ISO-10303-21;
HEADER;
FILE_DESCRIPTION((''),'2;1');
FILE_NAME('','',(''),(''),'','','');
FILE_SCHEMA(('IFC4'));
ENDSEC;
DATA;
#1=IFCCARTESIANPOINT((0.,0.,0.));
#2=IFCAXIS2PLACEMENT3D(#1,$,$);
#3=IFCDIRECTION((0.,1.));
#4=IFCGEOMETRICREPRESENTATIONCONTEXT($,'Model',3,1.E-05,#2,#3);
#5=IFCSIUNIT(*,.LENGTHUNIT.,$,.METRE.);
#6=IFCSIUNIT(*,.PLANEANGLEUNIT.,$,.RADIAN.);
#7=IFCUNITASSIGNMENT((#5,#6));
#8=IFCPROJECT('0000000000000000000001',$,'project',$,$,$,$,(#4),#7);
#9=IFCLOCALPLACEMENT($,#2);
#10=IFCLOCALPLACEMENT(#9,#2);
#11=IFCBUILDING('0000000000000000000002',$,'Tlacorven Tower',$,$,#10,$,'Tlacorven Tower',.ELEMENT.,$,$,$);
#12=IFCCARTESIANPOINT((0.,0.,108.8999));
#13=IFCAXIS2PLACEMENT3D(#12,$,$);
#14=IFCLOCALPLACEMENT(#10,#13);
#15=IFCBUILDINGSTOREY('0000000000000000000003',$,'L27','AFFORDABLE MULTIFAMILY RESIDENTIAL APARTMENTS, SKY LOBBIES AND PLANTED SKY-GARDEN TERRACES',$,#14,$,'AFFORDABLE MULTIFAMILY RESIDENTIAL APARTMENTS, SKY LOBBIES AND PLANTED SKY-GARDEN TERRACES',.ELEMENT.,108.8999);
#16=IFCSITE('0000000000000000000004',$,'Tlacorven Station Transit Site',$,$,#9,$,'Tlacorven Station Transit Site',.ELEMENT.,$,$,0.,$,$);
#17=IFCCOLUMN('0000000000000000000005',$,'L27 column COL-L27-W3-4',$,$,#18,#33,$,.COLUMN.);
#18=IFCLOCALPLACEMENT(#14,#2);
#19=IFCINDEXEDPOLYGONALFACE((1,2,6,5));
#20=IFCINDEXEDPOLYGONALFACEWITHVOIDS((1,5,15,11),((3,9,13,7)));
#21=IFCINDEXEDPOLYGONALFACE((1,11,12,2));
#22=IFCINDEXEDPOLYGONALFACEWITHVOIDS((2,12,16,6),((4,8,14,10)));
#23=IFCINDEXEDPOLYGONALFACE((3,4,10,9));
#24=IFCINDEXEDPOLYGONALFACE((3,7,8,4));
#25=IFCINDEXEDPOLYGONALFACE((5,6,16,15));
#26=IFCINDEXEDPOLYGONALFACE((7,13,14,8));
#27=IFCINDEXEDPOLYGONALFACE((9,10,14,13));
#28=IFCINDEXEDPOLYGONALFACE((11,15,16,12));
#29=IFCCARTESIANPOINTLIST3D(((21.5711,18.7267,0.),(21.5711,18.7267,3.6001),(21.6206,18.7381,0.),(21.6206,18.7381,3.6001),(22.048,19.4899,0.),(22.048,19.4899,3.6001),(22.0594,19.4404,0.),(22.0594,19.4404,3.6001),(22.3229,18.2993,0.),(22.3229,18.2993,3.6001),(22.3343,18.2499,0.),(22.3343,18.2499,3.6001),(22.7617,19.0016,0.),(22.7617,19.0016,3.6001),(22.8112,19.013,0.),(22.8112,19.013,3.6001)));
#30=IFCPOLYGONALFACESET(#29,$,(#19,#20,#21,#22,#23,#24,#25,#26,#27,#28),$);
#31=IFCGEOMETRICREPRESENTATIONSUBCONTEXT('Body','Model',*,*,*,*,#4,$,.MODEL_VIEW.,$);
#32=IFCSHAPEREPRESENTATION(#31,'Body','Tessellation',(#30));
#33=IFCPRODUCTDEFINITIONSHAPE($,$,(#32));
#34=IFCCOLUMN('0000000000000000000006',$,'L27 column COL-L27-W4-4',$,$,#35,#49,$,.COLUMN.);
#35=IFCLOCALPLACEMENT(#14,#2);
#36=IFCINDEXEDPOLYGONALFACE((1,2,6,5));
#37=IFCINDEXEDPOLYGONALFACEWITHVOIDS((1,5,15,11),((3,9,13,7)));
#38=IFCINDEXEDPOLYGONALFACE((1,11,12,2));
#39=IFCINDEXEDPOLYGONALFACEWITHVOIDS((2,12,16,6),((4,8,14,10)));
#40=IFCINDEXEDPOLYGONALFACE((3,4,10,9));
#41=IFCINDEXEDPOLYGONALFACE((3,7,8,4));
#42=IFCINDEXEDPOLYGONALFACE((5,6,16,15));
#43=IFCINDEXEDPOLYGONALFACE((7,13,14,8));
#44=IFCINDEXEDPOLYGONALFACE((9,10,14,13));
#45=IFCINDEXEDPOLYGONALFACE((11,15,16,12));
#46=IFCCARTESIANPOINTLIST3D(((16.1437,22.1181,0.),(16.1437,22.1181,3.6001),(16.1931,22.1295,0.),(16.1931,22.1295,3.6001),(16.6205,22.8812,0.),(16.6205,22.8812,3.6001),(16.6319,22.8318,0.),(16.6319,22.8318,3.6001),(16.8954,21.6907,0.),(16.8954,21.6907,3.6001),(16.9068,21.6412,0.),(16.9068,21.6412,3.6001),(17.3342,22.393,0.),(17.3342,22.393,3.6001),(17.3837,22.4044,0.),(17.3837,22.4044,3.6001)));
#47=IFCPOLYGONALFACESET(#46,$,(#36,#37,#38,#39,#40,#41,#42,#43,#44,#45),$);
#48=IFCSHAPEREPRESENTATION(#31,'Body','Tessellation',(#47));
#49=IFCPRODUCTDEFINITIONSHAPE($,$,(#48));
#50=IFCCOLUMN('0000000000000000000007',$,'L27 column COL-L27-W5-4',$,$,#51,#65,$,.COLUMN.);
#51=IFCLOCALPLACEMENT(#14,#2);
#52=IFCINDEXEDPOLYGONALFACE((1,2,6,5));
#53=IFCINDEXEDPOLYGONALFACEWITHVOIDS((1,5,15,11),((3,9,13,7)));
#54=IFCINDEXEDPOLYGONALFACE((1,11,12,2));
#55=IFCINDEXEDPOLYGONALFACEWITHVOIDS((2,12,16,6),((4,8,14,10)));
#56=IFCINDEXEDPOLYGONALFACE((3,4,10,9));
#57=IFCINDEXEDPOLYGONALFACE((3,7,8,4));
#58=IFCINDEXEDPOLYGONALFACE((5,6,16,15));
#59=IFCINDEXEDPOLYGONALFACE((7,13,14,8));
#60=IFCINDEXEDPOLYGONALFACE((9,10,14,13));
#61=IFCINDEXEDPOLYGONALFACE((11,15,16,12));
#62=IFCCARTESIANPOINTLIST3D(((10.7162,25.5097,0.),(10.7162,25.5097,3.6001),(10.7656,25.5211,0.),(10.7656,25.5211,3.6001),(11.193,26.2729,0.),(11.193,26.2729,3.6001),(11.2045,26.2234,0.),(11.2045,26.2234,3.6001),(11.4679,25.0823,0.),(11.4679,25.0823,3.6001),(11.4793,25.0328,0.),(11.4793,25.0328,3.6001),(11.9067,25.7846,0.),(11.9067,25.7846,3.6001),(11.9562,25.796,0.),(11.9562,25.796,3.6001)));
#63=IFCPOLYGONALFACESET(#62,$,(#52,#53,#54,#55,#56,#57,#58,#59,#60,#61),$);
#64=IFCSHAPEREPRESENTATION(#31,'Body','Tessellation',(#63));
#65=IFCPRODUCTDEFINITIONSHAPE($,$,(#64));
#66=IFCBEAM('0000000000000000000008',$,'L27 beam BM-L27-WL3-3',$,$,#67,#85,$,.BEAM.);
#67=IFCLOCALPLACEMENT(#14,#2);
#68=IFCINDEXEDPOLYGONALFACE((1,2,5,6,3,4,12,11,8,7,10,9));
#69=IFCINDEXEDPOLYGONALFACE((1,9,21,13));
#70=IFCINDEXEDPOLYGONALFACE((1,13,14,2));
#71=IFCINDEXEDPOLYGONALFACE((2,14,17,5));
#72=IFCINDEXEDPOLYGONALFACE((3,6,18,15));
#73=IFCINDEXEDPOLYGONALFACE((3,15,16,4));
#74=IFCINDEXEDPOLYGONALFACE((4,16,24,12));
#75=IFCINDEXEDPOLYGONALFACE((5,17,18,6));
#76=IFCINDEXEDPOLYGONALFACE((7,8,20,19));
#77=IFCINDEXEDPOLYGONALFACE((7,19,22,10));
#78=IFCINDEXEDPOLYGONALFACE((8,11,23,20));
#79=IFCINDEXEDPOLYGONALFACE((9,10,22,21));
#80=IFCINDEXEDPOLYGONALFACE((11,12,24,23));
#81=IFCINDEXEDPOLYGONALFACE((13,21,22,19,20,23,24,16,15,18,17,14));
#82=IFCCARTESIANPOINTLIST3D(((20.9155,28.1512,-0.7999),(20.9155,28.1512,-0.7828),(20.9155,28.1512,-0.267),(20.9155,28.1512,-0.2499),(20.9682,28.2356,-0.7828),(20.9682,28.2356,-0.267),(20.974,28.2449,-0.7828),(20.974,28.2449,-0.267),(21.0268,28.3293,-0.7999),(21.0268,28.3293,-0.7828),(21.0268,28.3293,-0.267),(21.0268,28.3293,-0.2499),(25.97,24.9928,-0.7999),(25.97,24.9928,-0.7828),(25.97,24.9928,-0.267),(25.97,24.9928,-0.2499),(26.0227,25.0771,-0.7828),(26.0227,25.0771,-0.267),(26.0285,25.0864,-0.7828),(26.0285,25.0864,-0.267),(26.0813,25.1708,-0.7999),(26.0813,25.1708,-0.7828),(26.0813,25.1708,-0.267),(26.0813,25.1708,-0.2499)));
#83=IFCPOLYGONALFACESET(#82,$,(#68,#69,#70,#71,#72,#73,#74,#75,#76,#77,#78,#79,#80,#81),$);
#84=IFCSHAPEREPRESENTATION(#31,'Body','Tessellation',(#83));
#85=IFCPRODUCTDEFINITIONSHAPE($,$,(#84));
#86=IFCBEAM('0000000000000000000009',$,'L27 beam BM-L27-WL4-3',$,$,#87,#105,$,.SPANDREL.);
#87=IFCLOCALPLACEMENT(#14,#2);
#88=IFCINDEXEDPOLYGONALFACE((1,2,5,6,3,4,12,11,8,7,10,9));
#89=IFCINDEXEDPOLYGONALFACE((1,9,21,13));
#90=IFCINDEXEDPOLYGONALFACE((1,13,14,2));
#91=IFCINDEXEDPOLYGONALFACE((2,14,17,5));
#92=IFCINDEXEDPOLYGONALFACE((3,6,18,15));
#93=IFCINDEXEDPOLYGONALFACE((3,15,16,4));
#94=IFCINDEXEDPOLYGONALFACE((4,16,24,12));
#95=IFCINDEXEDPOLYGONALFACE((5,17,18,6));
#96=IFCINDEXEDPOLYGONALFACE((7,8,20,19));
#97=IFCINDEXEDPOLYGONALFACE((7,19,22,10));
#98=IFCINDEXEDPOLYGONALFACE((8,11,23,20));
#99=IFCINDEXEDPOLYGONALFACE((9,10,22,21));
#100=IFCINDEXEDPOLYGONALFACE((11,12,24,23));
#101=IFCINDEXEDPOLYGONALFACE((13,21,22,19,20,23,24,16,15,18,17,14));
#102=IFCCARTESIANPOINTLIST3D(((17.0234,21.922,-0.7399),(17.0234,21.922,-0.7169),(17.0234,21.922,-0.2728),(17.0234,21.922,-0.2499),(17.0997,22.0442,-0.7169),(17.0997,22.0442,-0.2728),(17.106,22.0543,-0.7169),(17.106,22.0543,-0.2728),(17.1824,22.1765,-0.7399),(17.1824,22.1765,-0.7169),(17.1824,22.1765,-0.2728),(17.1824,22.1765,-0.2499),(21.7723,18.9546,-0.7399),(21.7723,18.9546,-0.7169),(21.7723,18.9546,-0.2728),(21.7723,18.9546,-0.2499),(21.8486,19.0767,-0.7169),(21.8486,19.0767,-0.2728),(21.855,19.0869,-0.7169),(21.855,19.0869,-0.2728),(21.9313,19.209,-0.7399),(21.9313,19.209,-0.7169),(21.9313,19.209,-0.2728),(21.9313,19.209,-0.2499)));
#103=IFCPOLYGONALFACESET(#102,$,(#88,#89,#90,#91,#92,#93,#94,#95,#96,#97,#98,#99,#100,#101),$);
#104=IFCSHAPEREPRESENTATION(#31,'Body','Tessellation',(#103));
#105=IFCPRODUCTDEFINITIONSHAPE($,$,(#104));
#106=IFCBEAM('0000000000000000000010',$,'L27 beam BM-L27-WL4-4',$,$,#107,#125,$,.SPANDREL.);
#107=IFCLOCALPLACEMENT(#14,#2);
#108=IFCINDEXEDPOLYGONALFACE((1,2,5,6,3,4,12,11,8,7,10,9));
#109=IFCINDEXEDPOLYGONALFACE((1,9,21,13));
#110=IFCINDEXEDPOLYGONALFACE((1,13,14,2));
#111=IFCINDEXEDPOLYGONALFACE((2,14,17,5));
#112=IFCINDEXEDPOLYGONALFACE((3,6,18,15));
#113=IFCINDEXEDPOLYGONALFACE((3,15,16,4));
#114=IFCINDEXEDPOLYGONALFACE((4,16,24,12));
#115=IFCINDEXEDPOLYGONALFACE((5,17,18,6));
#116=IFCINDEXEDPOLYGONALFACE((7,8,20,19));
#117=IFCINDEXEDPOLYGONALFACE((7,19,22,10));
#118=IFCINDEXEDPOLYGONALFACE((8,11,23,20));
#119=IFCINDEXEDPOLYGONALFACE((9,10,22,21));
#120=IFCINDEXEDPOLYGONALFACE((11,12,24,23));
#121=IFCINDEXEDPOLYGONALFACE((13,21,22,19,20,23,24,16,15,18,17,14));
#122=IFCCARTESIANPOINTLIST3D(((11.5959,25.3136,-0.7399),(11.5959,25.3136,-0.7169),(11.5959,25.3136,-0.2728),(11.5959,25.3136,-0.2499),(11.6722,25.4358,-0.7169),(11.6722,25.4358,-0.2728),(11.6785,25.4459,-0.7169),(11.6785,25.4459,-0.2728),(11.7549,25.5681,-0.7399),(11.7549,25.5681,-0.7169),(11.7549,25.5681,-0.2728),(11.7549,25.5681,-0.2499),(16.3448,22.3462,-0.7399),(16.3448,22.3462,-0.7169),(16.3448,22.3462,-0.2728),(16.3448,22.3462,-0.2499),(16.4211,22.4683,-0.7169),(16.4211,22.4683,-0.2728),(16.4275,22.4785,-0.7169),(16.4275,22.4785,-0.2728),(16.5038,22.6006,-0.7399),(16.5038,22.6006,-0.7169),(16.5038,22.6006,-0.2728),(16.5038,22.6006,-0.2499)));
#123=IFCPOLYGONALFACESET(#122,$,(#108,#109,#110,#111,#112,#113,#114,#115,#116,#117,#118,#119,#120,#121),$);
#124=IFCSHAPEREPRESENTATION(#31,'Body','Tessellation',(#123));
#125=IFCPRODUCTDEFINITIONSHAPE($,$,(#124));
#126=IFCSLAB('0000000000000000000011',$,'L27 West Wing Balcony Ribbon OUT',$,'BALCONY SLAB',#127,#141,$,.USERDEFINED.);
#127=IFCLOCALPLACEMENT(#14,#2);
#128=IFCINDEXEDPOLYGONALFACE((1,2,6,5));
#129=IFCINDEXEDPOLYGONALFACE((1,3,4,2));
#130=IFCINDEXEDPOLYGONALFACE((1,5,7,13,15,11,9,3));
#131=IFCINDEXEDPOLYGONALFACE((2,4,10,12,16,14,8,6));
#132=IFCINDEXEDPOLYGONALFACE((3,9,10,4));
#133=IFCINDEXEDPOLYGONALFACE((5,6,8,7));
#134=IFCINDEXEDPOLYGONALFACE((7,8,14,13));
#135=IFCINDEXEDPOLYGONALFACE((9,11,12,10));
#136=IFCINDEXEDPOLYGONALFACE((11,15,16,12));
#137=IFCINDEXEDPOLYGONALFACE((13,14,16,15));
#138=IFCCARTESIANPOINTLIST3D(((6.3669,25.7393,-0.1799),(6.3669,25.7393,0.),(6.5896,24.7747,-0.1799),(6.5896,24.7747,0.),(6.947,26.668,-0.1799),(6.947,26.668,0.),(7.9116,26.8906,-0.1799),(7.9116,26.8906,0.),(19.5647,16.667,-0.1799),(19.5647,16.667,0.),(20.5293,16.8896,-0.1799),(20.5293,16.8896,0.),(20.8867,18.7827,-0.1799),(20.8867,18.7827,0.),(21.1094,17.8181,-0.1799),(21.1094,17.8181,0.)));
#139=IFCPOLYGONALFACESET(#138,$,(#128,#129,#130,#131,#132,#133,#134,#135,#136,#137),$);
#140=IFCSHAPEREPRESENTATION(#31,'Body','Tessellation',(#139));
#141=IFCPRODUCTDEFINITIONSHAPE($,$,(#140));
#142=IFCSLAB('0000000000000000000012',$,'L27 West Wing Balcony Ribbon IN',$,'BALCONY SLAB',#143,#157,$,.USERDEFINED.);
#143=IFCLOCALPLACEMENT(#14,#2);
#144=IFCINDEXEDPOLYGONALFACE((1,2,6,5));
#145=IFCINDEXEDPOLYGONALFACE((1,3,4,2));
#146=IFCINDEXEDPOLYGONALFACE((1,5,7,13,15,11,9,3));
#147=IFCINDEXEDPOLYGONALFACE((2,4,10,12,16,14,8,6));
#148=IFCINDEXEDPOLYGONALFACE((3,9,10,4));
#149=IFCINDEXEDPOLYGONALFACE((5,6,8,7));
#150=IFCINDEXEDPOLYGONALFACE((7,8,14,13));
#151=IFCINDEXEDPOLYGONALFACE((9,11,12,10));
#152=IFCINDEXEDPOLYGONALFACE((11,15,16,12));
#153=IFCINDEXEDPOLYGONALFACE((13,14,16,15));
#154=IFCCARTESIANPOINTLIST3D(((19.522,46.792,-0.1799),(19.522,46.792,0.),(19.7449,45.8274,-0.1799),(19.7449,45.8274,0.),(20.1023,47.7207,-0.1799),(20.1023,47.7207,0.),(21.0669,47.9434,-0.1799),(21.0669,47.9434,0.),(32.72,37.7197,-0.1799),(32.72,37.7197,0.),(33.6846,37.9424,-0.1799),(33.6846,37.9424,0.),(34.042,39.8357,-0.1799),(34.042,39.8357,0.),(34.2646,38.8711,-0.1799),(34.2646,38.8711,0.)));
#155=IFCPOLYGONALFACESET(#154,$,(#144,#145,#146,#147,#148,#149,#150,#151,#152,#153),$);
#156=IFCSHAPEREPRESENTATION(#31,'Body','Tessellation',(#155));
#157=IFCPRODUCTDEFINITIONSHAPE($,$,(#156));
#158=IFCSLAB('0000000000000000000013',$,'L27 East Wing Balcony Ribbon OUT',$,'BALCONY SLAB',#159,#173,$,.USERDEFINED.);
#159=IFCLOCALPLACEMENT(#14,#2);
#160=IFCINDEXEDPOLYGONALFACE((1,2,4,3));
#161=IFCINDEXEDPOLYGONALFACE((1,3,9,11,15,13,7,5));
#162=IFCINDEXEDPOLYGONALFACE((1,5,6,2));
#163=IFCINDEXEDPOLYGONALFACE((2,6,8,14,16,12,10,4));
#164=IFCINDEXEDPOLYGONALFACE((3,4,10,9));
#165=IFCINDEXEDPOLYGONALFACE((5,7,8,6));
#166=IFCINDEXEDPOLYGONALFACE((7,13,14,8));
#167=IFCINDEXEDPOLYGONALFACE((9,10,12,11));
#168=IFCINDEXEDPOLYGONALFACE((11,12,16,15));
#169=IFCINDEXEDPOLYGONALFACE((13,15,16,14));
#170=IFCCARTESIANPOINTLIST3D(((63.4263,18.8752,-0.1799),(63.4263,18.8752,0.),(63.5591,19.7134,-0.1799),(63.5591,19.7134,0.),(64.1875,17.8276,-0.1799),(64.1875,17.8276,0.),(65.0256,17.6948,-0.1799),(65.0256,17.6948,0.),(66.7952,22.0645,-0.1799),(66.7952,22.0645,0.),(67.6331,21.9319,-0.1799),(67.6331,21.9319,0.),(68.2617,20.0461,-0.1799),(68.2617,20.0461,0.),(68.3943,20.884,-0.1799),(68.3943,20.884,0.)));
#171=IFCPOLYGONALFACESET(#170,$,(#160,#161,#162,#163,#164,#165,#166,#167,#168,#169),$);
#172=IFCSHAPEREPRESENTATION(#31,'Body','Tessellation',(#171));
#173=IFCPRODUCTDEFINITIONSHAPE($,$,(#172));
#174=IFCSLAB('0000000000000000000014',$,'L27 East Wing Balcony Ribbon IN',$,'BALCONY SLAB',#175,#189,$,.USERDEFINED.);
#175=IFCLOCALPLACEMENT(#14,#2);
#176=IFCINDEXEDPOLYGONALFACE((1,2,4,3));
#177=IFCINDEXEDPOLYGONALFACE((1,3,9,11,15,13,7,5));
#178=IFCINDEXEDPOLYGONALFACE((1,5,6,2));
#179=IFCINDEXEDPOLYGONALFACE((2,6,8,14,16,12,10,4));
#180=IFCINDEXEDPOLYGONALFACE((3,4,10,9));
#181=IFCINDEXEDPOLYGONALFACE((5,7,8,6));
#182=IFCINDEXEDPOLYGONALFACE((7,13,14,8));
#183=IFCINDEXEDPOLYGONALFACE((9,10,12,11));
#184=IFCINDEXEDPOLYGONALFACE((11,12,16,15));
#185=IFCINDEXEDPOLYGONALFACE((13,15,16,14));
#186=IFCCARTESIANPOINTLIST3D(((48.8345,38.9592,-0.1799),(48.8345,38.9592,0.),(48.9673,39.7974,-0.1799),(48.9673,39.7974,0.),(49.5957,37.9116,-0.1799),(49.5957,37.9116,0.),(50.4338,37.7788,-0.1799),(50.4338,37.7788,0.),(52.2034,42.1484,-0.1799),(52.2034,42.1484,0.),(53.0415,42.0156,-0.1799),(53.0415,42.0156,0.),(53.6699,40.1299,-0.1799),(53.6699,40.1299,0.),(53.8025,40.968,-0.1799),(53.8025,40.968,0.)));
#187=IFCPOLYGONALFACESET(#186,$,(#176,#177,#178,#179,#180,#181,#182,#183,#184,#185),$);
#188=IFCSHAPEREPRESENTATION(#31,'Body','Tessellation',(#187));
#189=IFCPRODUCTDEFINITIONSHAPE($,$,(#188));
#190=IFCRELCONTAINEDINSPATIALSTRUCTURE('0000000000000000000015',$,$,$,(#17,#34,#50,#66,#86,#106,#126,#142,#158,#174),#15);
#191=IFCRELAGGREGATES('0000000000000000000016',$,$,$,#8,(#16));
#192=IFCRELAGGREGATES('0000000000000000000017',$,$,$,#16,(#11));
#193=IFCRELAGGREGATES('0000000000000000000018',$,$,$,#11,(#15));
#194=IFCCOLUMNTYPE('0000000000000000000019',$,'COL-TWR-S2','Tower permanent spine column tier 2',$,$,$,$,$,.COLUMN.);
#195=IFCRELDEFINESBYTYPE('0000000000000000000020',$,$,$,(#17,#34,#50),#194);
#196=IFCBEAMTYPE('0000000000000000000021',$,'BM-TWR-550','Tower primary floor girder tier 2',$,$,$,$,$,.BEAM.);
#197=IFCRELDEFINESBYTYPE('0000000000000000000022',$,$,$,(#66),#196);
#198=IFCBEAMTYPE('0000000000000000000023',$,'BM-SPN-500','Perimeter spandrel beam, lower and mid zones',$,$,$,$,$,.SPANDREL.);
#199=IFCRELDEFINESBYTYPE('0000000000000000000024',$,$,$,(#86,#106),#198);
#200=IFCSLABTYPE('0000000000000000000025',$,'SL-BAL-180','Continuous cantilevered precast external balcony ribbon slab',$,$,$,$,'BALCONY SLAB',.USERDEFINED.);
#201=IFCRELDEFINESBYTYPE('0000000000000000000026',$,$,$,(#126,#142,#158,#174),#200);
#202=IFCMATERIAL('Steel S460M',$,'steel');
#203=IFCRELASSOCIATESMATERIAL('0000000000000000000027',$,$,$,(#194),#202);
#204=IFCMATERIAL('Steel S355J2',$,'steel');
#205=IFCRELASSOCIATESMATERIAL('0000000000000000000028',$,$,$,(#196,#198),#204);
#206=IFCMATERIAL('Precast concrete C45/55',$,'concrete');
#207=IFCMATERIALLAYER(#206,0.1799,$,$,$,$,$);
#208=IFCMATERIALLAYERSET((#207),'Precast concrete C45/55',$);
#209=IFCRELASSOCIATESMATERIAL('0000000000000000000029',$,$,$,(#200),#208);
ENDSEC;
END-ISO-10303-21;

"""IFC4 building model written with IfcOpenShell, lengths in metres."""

from ifc_helpers import new_model, si_unit, direction, frame, origin, origin_2d, place, context, subcontext, project, spatial, polyline, hollow_rectangle, i_section, outline, extrude, source, transform, mapped, material, layer, layer_set, material_profile, profile_set, type_object, element, save


model = new_model("IFC4")

# Units and contexts
model_context = context("Model", 3, precision=1e-05, world=origin(), true_north=direction((0.0, 1.0)))
body_context = subcontext(model_context, "Body", "Model", "MODEL_VIEW")
ifc_project = project(units=[si_unit("LENGTHUNIT", "METRE"), si_unit("PLANEANGLEUNIT", "RADIAN")], contexts=[model_context])

# Site, building, storey
site_placement = place(None, origin())
site = spatial("IfcSite", under=ifc_project, at=site_placement, Name="Tlacorven Station Transit Site", LongName="Tlacorven Station Transit Site", CompositionType="ELEMENT", RefElevation=0.0)
building_placement = place(site_placement, origin())
building = spatial("IfcBuilding", under=site, at=building_placement, Name="Tlacorven Tower", LongName="Tlacorven Tower", CompositionType="ELEMENT")
storey_placement = place(building_placement, frame((0.0, 0.0, 108.8999)))
storey = spatial("IfcBuildingStorey", under=building, at=storey_placement, Name="L27", Description="AFFORDABLE MULTIFAMILY RESIDENTIAL APARTMENTS, SKY LOBBIES AND PLANTED SKY-GARDEN TERRACES", LongName="AFFORDABLE MULTIFAMILY RESIDENTIAL APARTMENTS, SKY LOBBIES AND PLANTED SKY-GARDEN TERRACES", CompositionType="ELEMENT", Elevation=108.8999)

# Columns
ifc_material_1 = material(Name="Steel S460M", Category="steel")
ifc_material_profile_1 = material_profile(ifc_material_1, hollow_rectangle(XDim=0.8999, YDim=0.8999, WallThickness=0.0359, at=origin_2d()), Name="BOX 900X900X36")
ifc_profile_set_1 = profile_set([ifc_material_profile_1], Name="Steel S460M")
column_type = type_object("IfcColumnType", Name="COL-TWR-S2", Description="Tower permanent spine column tier 2", PredefinedType="COLUMN", material=ifc_profile_set_1)
shared_shape_1 = source(origin(), body_context, "Body", "SweptSolid", [
    extrude(hollow_rectangle(XDim=0.8999, YDim=0.8999, WallThickness=0.0359, at=origin_2d()), origin(), (0.0, 0.0, 1.0), 3.6001),
])
for number, where, z_axis, x_axis, name in (
    (1, (22.1912, 18.8699, 0.0), (0.0, 0.0, 1.0), (-0.848048, 0.529919, 0.0), "L27 column COL-L27-W3-4"),
    (2, (16.7637, 22.2612, 0.0), (0.0, 0.0, 1.0), (-0.848048, 0.529919, 0.0), "L27 column COL-L27-W4-4"),
    (3, (11.3362, 25.6528, 0.0), (0.0, 0.0, 1.0), (-0.848048, 0.529919, 0.0), "L27 column COL-L27-W5-4"),
):
    element("IfcColumn", number, at=place(storey_placement, frame(where, z_axis=z_axis, x_axis=x_axis)), inside=storey, type_object=column_type, Name=name, PredefinedType="COLUMN", context=body_context, shape_type="MappedRepresentation", body=[
        mapped(shared_shape_1, transform((0.0, 0.0, 0.0), scale=1.0)),
    ])

# Beams
ifc_material_2 = material(Name="Steel S355J2", Category="steel")
ifc_material_profile_2 = material_profile(ifc_material_2, i_section(OverallWidth=0.21, OverallDepth=0.55, WebThickness=0.011, FlangeThickness=0.0171, at=origin_2d()), Name="IPE 550")
ifc_profile_set_2 = profile_set([ifc_material_profile_2], Name="Steel S355J2")
beam_type_1 = type_object("IfcBeamType", Name="BM-TWR-550", Description="Tower primary floor girder tier 2", PredefinedType="BEAM", material=ifc_profile_set_2)
shared_shape_2 = source(origin(), body_context, "Body", "SweptSolid", [
    extrude(i_section(OverallWidth=0.21, OverallDepth=0.55, WebThickness=0.011, FlangeThickness=0.0171, at=origin_2d()), origin(), (0.0, 0.0, 1.0), 5.9602),
])
beam_placement = place(storey_placement, frame((26.0256, 25.0818, -0.5249), z_axis=(-0.848042, 0.529929, 0.0), x_axis=(-0.529929, -0.848042, 0.0)))
element("IfcBeam", 4, at=beam_placement, inside=storey, type_object=beam_type_1, Name="L27 beam BM-L27-WL3-3", PredefinedType="BEAM", context=body_context, shape_type="MappedRepresentation", body=[
    mapped(shared_shape_2, transform((0.0, 0.0, 0.0), scale=1.0)),
])
ifc_material_profile_3 = material_profile(ifc_material_2, i_section(OverallWidth=0.3, OverallDepth=0.49, WebThickness=0.012, FlangeThickness=0.0229, at=origin_2d()), Name="HEA 500")
ifc_profile_set_3 = profile_set([ifc_material_profile_3], Name="Steel S355J2")
beam_type_2 = type_object("IfcBeamType", Name="BM-SPN-500", Description="Perimeter spandrel beam, lower and mid zones", PredefinedType="SPANDREL", material=ifc_profile_set_3)
shared_shape_3 = source(origin(), body_context, "Body", "SweptSolid", [
    extrude(i_section(OverallWidth=0.3, OverallDepth=0.49, WebThickness=0.012, FlangeThickness=0.0229, at=origin_2d()), origin(), (0.0, 0.0, 1.0), 5.5999),
])
for number, where, z_axis, x_axis, name in (
    (5, (21.8518, 19.0818, -0.4949), (-0.848047, 0.529921, 0.0), (-0.529921, -0.848047, 0.0), "L27 beam BM-L27-WL4-3"),
    (6, (16.4243, 22.4734, -0.4949), (-0.848047, 0.529921, 0.0), (-0.529921, -0.848047, 0.0), "L27 beam BM-L27-WL4-4"),
):
    element("IfcBeam", number, at=place(storey_placement, frame(where, z_axis=z_axis, x_axis=x_axis)), inside=storey, type_object=beam_type_2, Name=name, PredefinedType="SPANDREL", context=body_context, shape_type="MappedRepresentation", body=[
        mapped(shared_shape_3, transform((0.0, 0.0, 0.0), scale=1.0)),
    ])

# Slabs
ifc_material_3 = material(Name="Precast concrete C45/55", Category="concrete")
ifc_layer_1 = layer(ifc_material_3, 0.1799)
ifc_layer_set_1 = layer_set([ifc_layer_1], Name="Precast concrete C45/55")
slab_type_1 = type_object("IfcSlabType", Name="SL-BAL-180", Description="Continuous cantilevered precast external balcony ribbon slab", ElementType="BALCONY SLAB", PredefinedType="USERDEFINED", material=ifc_layer_set_1)
slab_1_placement = place(storey_placement, frame((0.0, 0.0, -0.1799)))
element("IfcSlab", 7, at=slab_1_placement, inside=storey, type_object=slab_type_1, Name="L27 West Wing Balcony Ribbon OUT", ObjectType="BALCONY SLAB", PredefinedType="USERDEFINED", context=body_context, shape_type="SweptSolid", body=[
    extrude(outline(polyline([(20.8867, 18.7827), (7.9116, 26.8906), (6.947, 26.668), (6.3669, 25.7393), (6.5896, 24.7747), (19.5647, 16.667), (20.5293, 16.8896), (21.1094, 17.8181), (20.8867, 18.7827)])), origin(), (0.0, 0.0, 1.0), 0.1799),
])
slab_2_placement = place(storey_placement, frame((0.0, 0.0, -0.1799)))
element("IfcSlab", 8, at=slab_2_placement, inside=storey, type_object=slab_type_1, Name="L27 West Wing Balcony Ribbon IN", ObjectType="BALCONY SLAB", PredefinedType="USERDEFINED", context=body_context, shape_type="SweptSolid", body=[
    extrude(outline(polyline([(34.042, 39.8357), (21.0669, 47.9434), (20.1023, 47.7207), (19.522, 46.792), (19.7449, 45.8274), (32.72, 37.7197), (33.6846, 37.9424), (34.2646, 38.8711), (34.042, 39.8357)])), origin(), (0.0, 0.0, 1.0), 0.1799),
])
slab_3_placement = place(storey_placement, frame((0.0, 0.0, -0.1799)))
element("IfcSlab", 9, at=slab_3_placement, inside=storey, type_object=slab_type_1, Name="L27 East Wing Balcony Ribbon OUT", ObjectType="BALCONY SLAB", PredefinedType="USERDEFINED", context=body_context, shape_type="SweptSolid", body=[
    extrude(outline(polyline([(65.0256, 17.6948), (68.2617, 20.0461), (68.3943, 20.884), (67.6331, 21.9319), (66.7952, 22.0645), (63.5591, 19.7134), (63.4263, 18.8752), (64.1875, 17.8276), (65.0256, 17.6948)])), origin(), (0.0, 0.0, 1.0), 0.1799),
])
slab_4_placement = place(storey_placement, frame((0.0, 0.0, -0.1799)))
element("IfcSlab", 10, at=slab_4_placement, inside=storey, type_object=slab_type_1, Name="L27 East Wing Balcony Ribbon IN", ObjectType="BALCONY SLAB", PredefinedType="USERDEFINED", context=body_context, shape_type="SweptSolid", body=[
    extrude(outline(polyline([(50.4338, 37.7788), (53.6699, 40.1299), (53.8025, 40.968), (53.0415, 42.0156), (52.2034, 42.1484), (48.9673, 39.7974), (48.8345, 38.9592), (49.5957, 37.9116), (50.4338, 37.7788)])), origin(), (0.0, 0.0, 1.0), 0.1799),
])

save(model, "model.ifc")
